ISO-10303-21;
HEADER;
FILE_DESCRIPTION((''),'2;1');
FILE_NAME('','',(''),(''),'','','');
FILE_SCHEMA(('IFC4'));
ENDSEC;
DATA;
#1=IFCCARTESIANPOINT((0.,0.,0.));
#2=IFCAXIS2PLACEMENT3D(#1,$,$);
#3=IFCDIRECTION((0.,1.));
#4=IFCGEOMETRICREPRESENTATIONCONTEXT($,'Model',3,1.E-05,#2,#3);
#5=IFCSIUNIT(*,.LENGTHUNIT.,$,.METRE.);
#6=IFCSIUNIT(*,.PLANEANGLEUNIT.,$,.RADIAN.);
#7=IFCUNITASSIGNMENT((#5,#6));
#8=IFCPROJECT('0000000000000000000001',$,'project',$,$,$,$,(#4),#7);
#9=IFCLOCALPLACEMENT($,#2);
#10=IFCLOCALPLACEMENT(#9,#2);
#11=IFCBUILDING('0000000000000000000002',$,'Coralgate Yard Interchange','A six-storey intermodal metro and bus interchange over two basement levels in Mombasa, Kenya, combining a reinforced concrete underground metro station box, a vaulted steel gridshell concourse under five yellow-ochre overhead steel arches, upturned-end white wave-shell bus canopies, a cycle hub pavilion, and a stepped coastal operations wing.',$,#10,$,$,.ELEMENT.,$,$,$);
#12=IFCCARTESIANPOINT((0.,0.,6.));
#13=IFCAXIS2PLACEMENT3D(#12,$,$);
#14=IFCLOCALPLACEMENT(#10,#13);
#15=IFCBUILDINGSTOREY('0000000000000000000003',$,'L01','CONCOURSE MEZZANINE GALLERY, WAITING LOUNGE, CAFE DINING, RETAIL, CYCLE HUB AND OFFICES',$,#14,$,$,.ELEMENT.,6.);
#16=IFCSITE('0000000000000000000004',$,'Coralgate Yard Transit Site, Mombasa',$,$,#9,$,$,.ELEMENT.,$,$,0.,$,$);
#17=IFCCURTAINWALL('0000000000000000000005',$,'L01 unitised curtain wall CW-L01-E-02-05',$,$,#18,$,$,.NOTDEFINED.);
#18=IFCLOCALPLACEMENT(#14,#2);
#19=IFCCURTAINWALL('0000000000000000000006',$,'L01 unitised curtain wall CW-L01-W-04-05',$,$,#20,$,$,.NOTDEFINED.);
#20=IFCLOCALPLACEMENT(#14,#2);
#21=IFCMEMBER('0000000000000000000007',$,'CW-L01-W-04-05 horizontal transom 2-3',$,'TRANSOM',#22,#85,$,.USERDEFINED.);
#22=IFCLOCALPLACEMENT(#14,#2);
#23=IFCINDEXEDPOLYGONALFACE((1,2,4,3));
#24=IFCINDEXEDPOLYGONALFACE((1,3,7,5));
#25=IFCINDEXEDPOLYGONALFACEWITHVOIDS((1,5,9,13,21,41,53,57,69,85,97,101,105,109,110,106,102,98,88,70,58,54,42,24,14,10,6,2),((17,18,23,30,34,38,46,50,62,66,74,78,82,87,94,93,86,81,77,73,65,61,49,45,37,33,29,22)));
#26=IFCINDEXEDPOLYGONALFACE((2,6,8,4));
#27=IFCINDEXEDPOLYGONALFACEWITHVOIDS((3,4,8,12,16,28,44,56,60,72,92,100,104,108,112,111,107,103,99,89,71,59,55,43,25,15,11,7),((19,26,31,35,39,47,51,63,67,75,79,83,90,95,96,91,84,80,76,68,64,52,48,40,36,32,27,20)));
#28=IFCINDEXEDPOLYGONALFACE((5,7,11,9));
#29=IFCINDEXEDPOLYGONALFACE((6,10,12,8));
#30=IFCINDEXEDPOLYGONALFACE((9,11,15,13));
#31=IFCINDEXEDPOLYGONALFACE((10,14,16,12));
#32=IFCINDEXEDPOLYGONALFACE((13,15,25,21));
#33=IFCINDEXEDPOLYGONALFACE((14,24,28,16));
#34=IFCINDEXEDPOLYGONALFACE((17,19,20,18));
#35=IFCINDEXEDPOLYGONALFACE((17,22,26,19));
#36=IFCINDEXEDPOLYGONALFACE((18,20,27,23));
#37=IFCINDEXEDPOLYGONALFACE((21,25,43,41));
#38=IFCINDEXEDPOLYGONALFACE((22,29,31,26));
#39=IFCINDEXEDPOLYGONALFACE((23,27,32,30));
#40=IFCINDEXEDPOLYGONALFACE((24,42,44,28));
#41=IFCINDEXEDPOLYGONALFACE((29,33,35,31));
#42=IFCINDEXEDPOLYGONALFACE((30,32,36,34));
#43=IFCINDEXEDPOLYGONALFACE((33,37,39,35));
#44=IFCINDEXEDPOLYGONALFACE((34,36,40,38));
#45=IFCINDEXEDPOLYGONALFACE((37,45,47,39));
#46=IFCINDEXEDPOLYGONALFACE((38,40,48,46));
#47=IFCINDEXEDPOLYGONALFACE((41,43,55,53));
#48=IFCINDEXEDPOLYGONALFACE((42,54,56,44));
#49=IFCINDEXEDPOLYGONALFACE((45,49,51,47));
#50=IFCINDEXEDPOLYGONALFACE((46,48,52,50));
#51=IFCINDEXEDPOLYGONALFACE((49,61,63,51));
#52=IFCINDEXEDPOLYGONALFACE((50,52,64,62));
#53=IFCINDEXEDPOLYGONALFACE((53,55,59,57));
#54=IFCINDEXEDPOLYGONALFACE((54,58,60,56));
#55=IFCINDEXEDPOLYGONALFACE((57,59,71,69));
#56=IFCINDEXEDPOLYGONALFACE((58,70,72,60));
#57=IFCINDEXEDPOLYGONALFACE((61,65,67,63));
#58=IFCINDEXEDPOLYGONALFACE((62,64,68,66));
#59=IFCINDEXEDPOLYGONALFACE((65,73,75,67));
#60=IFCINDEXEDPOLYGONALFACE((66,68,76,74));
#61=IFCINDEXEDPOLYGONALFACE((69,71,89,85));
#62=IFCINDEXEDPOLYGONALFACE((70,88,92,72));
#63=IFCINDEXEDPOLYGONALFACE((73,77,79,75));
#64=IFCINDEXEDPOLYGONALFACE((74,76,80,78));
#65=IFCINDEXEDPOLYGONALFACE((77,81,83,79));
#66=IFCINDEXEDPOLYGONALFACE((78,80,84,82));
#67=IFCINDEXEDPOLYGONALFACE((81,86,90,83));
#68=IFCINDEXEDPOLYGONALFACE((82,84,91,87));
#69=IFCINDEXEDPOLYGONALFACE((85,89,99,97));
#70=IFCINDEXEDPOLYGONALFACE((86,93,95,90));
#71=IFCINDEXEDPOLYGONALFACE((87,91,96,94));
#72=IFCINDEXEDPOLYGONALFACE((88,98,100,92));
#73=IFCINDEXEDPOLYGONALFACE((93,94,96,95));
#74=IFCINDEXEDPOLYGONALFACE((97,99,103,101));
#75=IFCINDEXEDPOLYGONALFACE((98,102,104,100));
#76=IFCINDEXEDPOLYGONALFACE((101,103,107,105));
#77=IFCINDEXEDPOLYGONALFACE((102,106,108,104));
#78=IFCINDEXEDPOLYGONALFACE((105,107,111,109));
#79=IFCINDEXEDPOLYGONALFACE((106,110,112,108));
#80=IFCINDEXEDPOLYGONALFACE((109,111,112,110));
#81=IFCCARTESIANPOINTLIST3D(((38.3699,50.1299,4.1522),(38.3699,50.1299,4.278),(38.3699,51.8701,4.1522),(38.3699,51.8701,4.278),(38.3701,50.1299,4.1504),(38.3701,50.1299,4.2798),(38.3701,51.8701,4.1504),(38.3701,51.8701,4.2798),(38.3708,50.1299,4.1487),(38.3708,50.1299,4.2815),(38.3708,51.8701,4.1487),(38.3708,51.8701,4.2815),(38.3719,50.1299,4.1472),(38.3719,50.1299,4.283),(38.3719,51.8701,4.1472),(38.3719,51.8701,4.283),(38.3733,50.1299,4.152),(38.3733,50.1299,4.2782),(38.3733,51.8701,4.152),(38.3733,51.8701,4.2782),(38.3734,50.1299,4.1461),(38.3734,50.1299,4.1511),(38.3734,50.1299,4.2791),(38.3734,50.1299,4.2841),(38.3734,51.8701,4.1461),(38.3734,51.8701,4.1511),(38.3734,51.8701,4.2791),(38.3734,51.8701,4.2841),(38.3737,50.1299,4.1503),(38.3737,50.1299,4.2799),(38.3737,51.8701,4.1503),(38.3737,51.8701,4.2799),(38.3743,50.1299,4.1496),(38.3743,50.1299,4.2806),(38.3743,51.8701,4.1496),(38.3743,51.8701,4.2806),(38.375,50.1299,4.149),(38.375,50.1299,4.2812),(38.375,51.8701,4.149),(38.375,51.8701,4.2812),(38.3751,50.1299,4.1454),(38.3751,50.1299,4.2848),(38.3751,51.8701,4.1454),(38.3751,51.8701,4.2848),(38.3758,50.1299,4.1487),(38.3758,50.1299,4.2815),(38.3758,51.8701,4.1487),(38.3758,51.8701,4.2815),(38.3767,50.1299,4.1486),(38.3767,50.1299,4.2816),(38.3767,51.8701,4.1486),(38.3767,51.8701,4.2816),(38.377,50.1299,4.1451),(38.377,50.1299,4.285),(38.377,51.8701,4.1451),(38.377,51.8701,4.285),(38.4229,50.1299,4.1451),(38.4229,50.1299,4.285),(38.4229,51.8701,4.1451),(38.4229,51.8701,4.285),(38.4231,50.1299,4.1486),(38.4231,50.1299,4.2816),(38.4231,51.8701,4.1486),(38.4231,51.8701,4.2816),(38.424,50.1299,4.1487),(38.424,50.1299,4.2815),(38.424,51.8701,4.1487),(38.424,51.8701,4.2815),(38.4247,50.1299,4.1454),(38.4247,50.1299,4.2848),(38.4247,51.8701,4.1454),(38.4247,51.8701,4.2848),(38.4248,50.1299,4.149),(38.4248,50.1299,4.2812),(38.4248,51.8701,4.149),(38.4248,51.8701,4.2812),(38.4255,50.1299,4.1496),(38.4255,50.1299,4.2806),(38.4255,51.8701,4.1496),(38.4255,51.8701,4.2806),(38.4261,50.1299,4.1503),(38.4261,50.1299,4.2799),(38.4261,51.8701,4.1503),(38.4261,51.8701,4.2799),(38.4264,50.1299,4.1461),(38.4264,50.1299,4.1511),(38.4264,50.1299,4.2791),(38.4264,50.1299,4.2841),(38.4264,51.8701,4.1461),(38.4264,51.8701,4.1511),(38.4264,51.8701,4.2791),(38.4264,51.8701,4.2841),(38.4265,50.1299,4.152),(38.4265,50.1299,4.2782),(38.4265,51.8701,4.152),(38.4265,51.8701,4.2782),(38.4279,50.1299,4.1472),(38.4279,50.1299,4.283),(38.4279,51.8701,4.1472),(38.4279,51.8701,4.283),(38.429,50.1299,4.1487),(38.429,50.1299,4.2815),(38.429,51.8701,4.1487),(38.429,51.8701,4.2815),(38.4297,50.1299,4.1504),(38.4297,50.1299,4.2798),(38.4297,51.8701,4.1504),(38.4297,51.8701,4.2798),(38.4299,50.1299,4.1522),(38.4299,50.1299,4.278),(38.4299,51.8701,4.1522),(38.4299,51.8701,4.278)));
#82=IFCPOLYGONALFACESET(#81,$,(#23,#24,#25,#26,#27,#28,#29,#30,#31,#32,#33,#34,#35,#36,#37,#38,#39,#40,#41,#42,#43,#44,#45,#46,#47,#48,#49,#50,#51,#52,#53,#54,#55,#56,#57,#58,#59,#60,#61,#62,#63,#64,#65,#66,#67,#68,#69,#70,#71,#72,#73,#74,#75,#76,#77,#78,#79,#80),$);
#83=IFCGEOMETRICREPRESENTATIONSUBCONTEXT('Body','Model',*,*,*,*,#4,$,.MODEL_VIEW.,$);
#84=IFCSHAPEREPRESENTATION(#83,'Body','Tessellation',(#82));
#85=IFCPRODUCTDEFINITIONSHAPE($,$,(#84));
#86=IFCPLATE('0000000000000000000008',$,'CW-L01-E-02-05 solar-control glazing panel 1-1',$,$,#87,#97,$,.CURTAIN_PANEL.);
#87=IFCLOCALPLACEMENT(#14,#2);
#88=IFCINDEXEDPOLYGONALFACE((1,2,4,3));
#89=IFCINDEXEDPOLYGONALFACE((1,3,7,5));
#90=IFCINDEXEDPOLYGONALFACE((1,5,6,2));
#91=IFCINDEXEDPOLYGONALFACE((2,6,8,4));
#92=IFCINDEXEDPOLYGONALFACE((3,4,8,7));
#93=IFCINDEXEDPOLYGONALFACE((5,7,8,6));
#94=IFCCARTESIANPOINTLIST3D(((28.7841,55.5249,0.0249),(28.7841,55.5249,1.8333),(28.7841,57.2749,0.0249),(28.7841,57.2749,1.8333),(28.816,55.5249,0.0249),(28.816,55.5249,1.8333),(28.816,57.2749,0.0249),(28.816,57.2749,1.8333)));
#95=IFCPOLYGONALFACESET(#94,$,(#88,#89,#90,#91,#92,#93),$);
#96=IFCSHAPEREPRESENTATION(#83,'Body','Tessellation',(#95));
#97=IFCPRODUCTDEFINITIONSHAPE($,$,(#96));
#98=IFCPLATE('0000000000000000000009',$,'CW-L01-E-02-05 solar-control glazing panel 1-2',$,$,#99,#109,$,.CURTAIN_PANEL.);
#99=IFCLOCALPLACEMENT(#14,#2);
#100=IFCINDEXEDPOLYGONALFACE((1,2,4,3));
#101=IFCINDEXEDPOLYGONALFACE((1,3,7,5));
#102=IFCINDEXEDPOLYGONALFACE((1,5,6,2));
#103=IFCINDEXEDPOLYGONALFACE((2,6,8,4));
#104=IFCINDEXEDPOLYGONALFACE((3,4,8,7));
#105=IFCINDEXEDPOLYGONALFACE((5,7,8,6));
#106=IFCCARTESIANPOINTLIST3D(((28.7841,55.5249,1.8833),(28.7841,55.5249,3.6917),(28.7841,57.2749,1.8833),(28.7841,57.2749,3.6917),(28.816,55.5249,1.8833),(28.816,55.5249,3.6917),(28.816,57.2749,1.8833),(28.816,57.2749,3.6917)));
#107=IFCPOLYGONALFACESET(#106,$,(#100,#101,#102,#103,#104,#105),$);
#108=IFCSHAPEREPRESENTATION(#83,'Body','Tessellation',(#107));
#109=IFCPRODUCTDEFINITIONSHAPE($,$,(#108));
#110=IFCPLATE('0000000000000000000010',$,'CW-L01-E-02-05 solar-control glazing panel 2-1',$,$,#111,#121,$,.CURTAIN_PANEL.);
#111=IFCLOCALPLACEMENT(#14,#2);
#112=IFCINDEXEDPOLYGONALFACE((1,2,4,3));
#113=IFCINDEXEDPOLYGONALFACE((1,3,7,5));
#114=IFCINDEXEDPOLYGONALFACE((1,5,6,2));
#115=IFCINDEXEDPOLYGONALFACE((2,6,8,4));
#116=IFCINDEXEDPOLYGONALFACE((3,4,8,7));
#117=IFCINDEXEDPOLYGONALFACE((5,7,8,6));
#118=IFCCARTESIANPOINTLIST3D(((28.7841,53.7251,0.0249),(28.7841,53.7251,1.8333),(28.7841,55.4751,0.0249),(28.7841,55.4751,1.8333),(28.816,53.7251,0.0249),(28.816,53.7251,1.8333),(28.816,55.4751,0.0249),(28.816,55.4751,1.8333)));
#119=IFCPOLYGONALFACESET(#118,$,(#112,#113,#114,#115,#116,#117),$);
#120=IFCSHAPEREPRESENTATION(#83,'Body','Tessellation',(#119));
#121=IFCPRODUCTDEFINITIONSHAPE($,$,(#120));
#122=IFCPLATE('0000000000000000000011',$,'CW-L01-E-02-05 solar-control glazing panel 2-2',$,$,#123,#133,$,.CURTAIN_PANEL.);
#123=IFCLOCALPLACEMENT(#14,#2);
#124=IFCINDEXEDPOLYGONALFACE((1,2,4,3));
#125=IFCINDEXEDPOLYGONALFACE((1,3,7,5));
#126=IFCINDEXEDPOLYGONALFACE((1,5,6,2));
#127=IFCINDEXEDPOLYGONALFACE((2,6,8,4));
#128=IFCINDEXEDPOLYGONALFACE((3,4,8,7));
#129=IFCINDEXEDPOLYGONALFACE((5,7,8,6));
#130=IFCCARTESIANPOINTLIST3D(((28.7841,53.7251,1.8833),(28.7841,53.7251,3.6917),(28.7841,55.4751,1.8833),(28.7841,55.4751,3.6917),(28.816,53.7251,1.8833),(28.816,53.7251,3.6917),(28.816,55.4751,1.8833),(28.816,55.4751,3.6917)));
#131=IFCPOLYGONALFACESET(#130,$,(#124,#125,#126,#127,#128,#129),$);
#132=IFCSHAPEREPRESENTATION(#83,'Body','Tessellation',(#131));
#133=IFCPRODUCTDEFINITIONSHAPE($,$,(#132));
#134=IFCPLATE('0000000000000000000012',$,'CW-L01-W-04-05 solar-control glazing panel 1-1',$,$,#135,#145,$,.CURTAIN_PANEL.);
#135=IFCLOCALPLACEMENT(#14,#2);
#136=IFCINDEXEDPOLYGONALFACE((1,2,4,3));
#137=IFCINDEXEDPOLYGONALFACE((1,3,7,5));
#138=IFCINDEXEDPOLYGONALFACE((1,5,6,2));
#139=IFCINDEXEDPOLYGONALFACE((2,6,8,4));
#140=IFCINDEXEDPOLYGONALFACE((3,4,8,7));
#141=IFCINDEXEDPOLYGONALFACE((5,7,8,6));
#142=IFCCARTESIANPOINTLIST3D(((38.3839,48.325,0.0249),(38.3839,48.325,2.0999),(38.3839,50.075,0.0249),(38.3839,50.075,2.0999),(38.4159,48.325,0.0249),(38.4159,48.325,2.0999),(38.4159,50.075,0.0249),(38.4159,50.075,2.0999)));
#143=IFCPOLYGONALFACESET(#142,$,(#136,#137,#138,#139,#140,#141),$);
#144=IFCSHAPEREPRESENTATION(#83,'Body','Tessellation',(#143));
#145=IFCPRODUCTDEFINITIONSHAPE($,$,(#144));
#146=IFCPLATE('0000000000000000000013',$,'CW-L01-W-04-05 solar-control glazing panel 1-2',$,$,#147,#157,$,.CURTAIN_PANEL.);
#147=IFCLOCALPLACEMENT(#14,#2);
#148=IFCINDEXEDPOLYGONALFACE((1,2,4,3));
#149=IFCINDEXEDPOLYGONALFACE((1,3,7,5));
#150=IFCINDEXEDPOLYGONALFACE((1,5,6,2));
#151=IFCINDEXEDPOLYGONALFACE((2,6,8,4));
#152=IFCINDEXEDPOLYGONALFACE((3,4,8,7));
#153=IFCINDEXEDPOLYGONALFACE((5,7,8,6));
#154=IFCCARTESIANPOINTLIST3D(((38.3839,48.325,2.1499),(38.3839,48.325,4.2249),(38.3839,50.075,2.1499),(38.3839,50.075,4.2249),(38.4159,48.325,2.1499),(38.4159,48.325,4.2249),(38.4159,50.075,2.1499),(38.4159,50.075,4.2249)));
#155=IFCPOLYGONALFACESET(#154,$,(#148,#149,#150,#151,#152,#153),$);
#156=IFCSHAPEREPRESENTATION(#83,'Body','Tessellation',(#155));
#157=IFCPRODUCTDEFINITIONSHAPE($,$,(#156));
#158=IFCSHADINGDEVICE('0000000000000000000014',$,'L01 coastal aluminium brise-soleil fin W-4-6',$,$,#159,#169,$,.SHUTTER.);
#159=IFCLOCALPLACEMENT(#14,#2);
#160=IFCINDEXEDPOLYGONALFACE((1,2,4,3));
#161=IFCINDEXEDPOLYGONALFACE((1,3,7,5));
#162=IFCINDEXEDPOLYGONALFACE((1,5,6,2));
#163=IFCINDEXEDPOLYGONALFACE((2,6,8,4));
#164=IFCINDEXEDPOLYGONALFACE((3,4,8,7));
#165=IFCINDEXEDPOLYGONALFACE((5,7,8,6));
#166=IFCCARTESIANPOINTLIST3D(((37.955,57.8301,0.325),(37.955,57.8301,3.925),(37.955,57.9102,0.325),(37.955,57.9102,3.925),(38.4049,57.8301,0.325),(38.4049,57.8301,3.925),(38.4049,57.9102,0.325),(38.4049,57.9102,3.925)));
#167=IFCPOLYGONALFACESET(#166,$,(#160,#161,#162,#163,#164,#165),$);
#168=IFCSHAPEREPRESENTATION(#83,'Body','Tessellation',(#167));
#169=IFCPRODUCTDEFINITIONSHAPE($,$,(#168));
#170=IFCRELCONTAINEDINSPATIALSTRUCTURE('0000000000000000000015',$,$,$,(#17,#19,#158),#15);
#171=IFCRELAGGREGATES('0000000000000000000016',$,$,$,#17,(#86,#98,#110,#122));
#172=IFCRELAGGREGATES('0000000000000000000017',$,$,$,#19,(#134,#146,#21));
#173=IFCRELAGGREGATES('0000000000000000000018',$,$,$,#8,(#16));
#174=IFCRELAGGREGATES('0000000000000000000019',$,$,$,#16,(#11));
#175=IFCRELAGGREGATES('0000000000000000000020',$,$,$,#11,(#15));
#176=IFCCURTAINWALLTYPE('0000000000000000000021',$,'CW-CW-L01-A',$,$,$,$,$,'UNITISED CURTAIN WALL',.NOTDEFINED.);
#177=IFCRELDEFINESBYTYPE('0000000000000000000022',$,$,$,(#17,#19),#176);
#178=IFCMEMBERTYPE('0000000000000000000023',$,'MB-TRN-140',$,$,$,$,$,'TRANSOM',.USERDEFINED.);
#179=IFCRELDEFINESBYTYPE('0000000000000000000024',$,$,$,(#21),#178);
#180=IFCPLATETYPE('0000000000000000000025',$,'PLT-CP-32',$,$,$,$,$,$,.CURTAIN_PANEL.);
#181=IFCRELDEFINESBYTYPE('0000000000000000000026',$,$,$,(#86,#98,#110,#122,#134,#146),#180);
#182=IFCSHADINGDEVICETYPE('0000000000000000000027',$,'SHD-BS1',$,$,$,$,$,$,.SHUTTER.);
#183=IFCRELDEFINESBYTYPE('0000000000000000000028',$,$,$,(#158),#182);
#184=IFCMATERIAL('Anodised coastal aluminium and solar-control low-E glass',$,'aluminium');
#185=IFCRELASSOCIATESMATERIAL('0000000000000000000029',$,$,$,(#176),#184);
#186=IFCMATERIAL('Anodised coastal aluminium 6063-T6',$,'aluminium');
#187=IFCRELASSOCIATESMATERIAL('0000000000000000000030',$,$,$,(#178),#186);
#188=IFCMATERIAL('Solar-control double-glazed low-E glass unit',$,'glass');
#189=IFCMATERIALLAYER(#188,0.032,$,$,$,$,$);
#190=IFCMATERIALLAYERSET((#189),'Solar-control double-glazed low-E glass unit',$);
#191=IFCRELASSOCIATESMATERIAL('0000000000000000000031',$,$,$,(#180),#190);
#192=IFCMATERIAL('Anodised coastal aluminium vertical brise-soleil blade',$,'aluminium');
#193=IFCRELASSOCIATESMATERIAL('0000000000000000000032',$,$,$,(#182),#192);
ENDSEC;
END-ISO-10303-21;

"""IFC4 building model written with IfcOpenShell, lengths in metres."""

from ifc_helpers import new_model, si_unit, direction, frame, origin, origin_2d, place, context, subcontext, project, spatial, rectangle, hollow_rectangle, extrude, material, layer, layer_set, material_profile, profile_set, type_object, element, aggregate, save


model = new_model("IFC4")

# Units and contexts
model_context = context("Model", 3, precision=1e-05, world=origin(), true_north=direction((0.0, 1.0)))
body_context = subcontext(model_context, "Body", "Model", "MODEL_VIEW")
ifc_project = project(units=[si_unit("LENGTHUNIT", "METRE"), si_unit("PLANEANGLEUNIT", "RADIAN")], contexts=[model_context])

# Site, building, storey
site_placement = place(None, origin())
site = spatial("IfcSite", under=ifc_project, at=site_placement, Name="Coralgate Yard Transit Site, Mombasa", CompositionType="ELEMENT", RefElevation=0.0)
building_placement = place(site_placement, origin())
building = spatial("IfcBuilding", under=site, at=building_placement, Name="Coralgate Yard Interchange", Description="A six-storey intermodal metro and bus interchange over two basement levels in Mombasa, Kenya, combining a reinforced concrete underground metro station box, a vaulted steel gridshell concourse under five yellow-ochre overhead steel arches, upturned-end white wave-shell bus canopies, a cycle hub pavilion, and a stepped coastal operations wing.", CompositionType="ELEMENT")
storey_placement = place(building_placement, frame((0.0, 0.0, 6.0)))
storey = spatial("IfcBuildingStorey", under=building, at=storey_placement, Name="L01", Description="CONCOURSE MEZZANINE GALLERY, WAITING LOUNGE, CAFE DINING, RETAIL, CYCLE HUB AND OFFICES", CompositionType="ELEMENT", Elevation=6.0)

# Curtain walls
ifc_material_1 = material(Name="Anodised coastal aluminium and solar-control low-E glass", Category="aluminium")
curtain_wall_type = type_object("IfcCurtainWallType", Name="CW-CW-L01-A", ElementType="UNITISED CURTAIN WALL", PredefinedType="NOTDEFINED", material=ifc_material_1)
curtain_wall_1_placement = place(storey_placement, origin())
curtain_wall_1 = element("IfcCurtainWall", 1, at=curtain_wall_1_placement, inside=storey, type_object=curtain_wall_type, Name="L01 unitised curtain wall CW-L01-E-02-05", PredefinedType="NOTDEFINED")
ifc_material_2 = material(Name="Anodised coastal aluminium 6063-T6", Category="aluminium")
curtain_wall_2_placement = place(storey_placement, origin())
curtain_wall_2 = element("IfcCurtainWall", 2, at=curtain_wall_2_placement, inside=storey, type_object=curtain_wall_type, Name="L01 unitised curtain wall CW-L01-W-04-05", PredefinedType="NOTDEFINED")

# Member
ifc_material_profile_1 = material_profile(ifc_material_2, hollow_rectangle(XDim=0.0601, YDim=0.1399, WallThickness=0.0034, InnerFilletRadius=0.0034, OuterFilletRadius=0.0071, at=origin_2d()), Name="ALU 60x140x3.5")
ifc_profile_set_1 = profile_set([ifc_material_profile_1], Name="Anodised coastal aluminium 6063-T6")
member_type_1 = type_object("IfcMemberType", Name="MB-TRN-140", ElementType="TRANSOM", PredefinedType="USERDEFINED", material=ifc_profile_set_1)
member_1_placement = place(storey_placement, frame((38.3999, 50.1299, 4.2151), z_axis=(0.0, 1.0, 0.0), x_axis=(-1.0, 0.0, 0.0)))
member_1 = element("IfcMember", 3, at=member_1_placement, type_object=member_type_1, Name="CW-L01-W-04-05 horizontal transom 2-3", ObjectType="TRANSOM", PredefinedType="USERDEFINED", context=body_context, shape_type="SweptSolid", body=[
    extrude(hollow_rectangle(XDim=0.0601, YDim=0.1399, WallThickness=0.0034, InnerFilletRadius=0.0034, OuterFilletRadius=0.0071, at=origin_2d()), origin(), (0.0, 0.0, 1.0), 1.7402),
])

# Plates
ifc_material_3 = material(Name="Solar-control double-glazed low-E glass unit", Category="glass")
ifc_layer = layer(ifc_material_3, 0.032)
ifc_layer_set = layer_set([ifc_layer], Name="Solar-control double-glazed low-E glass unit")
plate_type = type_object("IfcPlateType", Name="PLT-CP-32", PredefinedType="CURTAIN_PANEL", material=ifc_layer_set)
plate_1_placement = place(storey_placement, frame((28.8, 56.3999, 0.0249), z_axis=(0.0, 0.0, 1.0), x_axis=(0.0, -1.0, 0.0)))
plate_1 = element("IfcPlate", 4, at=plate_1_placement, type_object=plate_type, Name="CW-L01-E-02-05 solar-control glazing panel 1-1", PredefinedType="CURTAIN_PANEL", context=body_context, shape_type="SweptSolid", body=[
    extrude(rectangle(XDim=1.75, YDim=0.032, at=origin_2d()), origin(), (0.0, 0.0, 1.0), 1.8083),
])
plate_2_placement = place(storey_placement, frame((28.8, 56.3999, 1.8833), z_axis=(0.0, 0.0, 1.0), x_axis=(0.0, -1.0, 0.0)))
plate_2 = element("IfcPlate", 5, at=plate_2_placement, type_object=plate_type, Name="CW-L01-E-02-05 solar-control glazing panel 1-2", PredefinedType="CURTAIN_PANEL", context=body_context, shape_type="SweptSolid", body=[
    extrude(rectangle(XDim=1.75, YDim=0.032, at=origin_2d()), origin(), (0.0, 0.0, 1.0), 1.8083),
])
plate_3_placement = place(storey_placement, frame((28.8, 54.6001, 0.0249), z_axis=(0.0, 0.0, 1.0), x_axis=(0.0, -1.0, 0.0)))
plate_3 = element("IfcPlate", 6, at=plate_3_placement, type_object=plate_type, Name="CW-L01-E-02-05 solar-control glazing panel 2-1", PredefinedType="CURTAIN_PANEL", context=body_context, shape_type="SweptSolid", body=[
    extrude(rectangle(XDim=1.75, YDim=0.032, at=origin_2d()), origin(), (0.0, 0.0, 1.0), 1.8083),
])
plate_4_placement = place(storey_placement, frame((28.8, 54.6001, 1.8833), z_axis=(0.0, 0.0, 1.0), x_axis=(0.0, -1.0, 0.0)))
plate_4 = element("IfcPlate", 7, at=plate_4_placement, type_object=plate_type, Name="CW-L01-E-02-05 solar-control glazing panel 2-2", PredefinedType="CURTAIN_PANEL", context=body_context, shape_type="SweptSolid", body=[
    extrude(rectangle(XDim=1.75, YDim=0.032, at=origin_2d()), origin(), (0.0, 0.0, 1.0), 1.8083),
])
aggregate(curtain_wall_1, [plate_1, plate_2, plate_3, plate_4])
plate_5_placement = place(storey_placement, frame((38.3999, 49.2, 0.0249), z_axis=(0.0, 0.0, 1.0), x_axis=(0.0, 1.0, 0.0)))
plate_5 = element("IfcPlate", 8, at=plate_5_placement, type_object=plate_type, Name="CW-L01-W-04-05 solar-control glazing panel 1-1", PredefinedType="CURTAIN_PANEL", context=body_context, shape_type="SweptSolid", body=[
    extrude(rectangle(XDim=1.75, YDim=0.032, at=origin_2d()), origin(), (0.0, 0.0, 1.0), 2.075),
])
plate_6_placement = place(storey_placement, frame((38.3999, 49.2, 2.1499), z_axis=(0.0, 0.0, 1.0), x_axis=(0.0, 1.0, 0.0)))
plate_6 = element("IfcPlate", 9, at=plate_6_placement, type_object=plate_type, Name="CW-L01-W-04-05 solar-control glazing panel 1-2", PredefinedType="CURTAIN_PANEL", context=body_context, shape_type="SweptSolid", body=[
    extrude(rectangle(XDim=1.75, YDim=0.032, at=origin_2d()), origin(), (0.0, 0.0, 1.0), 2.075),
])
aggregate(curtain_wall_2, [plate_5, plate_6, member_1])

# Shading device
ifc_material_4 = material(Name="Anodised coastal aluminium vertical brise-soleil blade", Category="aluminium")
shading_device_type = type_object("IfcShadingDeviceType", Name="SHD-BS1", PredefinedType="SHUTTER", material=ifc_material_4)
shading_device_placement = place(storey_placement, frame((38.1799, 57.8701, 0.325), z_axis=(0.0, 0.0, 1.0), x_axis=(0.0, 1.0, 0.0)))
element("IfcShadingDevice", 10, at=shading_device_placement, inside=storey, type_object=shading_device_type, Name="L01 coastal aluminium brise-soleil fin W-4-6", PredefinedType="SHUTTER", context=body_context, shape_type="SweptSolid", body=[
    extrude(rectangle(XDim=0.0801, YDim=0.45, at=origin_2d()), origin(), (0.0, 0.0, 1.0), 3.6001),
])

save(model, "model.ifc")
